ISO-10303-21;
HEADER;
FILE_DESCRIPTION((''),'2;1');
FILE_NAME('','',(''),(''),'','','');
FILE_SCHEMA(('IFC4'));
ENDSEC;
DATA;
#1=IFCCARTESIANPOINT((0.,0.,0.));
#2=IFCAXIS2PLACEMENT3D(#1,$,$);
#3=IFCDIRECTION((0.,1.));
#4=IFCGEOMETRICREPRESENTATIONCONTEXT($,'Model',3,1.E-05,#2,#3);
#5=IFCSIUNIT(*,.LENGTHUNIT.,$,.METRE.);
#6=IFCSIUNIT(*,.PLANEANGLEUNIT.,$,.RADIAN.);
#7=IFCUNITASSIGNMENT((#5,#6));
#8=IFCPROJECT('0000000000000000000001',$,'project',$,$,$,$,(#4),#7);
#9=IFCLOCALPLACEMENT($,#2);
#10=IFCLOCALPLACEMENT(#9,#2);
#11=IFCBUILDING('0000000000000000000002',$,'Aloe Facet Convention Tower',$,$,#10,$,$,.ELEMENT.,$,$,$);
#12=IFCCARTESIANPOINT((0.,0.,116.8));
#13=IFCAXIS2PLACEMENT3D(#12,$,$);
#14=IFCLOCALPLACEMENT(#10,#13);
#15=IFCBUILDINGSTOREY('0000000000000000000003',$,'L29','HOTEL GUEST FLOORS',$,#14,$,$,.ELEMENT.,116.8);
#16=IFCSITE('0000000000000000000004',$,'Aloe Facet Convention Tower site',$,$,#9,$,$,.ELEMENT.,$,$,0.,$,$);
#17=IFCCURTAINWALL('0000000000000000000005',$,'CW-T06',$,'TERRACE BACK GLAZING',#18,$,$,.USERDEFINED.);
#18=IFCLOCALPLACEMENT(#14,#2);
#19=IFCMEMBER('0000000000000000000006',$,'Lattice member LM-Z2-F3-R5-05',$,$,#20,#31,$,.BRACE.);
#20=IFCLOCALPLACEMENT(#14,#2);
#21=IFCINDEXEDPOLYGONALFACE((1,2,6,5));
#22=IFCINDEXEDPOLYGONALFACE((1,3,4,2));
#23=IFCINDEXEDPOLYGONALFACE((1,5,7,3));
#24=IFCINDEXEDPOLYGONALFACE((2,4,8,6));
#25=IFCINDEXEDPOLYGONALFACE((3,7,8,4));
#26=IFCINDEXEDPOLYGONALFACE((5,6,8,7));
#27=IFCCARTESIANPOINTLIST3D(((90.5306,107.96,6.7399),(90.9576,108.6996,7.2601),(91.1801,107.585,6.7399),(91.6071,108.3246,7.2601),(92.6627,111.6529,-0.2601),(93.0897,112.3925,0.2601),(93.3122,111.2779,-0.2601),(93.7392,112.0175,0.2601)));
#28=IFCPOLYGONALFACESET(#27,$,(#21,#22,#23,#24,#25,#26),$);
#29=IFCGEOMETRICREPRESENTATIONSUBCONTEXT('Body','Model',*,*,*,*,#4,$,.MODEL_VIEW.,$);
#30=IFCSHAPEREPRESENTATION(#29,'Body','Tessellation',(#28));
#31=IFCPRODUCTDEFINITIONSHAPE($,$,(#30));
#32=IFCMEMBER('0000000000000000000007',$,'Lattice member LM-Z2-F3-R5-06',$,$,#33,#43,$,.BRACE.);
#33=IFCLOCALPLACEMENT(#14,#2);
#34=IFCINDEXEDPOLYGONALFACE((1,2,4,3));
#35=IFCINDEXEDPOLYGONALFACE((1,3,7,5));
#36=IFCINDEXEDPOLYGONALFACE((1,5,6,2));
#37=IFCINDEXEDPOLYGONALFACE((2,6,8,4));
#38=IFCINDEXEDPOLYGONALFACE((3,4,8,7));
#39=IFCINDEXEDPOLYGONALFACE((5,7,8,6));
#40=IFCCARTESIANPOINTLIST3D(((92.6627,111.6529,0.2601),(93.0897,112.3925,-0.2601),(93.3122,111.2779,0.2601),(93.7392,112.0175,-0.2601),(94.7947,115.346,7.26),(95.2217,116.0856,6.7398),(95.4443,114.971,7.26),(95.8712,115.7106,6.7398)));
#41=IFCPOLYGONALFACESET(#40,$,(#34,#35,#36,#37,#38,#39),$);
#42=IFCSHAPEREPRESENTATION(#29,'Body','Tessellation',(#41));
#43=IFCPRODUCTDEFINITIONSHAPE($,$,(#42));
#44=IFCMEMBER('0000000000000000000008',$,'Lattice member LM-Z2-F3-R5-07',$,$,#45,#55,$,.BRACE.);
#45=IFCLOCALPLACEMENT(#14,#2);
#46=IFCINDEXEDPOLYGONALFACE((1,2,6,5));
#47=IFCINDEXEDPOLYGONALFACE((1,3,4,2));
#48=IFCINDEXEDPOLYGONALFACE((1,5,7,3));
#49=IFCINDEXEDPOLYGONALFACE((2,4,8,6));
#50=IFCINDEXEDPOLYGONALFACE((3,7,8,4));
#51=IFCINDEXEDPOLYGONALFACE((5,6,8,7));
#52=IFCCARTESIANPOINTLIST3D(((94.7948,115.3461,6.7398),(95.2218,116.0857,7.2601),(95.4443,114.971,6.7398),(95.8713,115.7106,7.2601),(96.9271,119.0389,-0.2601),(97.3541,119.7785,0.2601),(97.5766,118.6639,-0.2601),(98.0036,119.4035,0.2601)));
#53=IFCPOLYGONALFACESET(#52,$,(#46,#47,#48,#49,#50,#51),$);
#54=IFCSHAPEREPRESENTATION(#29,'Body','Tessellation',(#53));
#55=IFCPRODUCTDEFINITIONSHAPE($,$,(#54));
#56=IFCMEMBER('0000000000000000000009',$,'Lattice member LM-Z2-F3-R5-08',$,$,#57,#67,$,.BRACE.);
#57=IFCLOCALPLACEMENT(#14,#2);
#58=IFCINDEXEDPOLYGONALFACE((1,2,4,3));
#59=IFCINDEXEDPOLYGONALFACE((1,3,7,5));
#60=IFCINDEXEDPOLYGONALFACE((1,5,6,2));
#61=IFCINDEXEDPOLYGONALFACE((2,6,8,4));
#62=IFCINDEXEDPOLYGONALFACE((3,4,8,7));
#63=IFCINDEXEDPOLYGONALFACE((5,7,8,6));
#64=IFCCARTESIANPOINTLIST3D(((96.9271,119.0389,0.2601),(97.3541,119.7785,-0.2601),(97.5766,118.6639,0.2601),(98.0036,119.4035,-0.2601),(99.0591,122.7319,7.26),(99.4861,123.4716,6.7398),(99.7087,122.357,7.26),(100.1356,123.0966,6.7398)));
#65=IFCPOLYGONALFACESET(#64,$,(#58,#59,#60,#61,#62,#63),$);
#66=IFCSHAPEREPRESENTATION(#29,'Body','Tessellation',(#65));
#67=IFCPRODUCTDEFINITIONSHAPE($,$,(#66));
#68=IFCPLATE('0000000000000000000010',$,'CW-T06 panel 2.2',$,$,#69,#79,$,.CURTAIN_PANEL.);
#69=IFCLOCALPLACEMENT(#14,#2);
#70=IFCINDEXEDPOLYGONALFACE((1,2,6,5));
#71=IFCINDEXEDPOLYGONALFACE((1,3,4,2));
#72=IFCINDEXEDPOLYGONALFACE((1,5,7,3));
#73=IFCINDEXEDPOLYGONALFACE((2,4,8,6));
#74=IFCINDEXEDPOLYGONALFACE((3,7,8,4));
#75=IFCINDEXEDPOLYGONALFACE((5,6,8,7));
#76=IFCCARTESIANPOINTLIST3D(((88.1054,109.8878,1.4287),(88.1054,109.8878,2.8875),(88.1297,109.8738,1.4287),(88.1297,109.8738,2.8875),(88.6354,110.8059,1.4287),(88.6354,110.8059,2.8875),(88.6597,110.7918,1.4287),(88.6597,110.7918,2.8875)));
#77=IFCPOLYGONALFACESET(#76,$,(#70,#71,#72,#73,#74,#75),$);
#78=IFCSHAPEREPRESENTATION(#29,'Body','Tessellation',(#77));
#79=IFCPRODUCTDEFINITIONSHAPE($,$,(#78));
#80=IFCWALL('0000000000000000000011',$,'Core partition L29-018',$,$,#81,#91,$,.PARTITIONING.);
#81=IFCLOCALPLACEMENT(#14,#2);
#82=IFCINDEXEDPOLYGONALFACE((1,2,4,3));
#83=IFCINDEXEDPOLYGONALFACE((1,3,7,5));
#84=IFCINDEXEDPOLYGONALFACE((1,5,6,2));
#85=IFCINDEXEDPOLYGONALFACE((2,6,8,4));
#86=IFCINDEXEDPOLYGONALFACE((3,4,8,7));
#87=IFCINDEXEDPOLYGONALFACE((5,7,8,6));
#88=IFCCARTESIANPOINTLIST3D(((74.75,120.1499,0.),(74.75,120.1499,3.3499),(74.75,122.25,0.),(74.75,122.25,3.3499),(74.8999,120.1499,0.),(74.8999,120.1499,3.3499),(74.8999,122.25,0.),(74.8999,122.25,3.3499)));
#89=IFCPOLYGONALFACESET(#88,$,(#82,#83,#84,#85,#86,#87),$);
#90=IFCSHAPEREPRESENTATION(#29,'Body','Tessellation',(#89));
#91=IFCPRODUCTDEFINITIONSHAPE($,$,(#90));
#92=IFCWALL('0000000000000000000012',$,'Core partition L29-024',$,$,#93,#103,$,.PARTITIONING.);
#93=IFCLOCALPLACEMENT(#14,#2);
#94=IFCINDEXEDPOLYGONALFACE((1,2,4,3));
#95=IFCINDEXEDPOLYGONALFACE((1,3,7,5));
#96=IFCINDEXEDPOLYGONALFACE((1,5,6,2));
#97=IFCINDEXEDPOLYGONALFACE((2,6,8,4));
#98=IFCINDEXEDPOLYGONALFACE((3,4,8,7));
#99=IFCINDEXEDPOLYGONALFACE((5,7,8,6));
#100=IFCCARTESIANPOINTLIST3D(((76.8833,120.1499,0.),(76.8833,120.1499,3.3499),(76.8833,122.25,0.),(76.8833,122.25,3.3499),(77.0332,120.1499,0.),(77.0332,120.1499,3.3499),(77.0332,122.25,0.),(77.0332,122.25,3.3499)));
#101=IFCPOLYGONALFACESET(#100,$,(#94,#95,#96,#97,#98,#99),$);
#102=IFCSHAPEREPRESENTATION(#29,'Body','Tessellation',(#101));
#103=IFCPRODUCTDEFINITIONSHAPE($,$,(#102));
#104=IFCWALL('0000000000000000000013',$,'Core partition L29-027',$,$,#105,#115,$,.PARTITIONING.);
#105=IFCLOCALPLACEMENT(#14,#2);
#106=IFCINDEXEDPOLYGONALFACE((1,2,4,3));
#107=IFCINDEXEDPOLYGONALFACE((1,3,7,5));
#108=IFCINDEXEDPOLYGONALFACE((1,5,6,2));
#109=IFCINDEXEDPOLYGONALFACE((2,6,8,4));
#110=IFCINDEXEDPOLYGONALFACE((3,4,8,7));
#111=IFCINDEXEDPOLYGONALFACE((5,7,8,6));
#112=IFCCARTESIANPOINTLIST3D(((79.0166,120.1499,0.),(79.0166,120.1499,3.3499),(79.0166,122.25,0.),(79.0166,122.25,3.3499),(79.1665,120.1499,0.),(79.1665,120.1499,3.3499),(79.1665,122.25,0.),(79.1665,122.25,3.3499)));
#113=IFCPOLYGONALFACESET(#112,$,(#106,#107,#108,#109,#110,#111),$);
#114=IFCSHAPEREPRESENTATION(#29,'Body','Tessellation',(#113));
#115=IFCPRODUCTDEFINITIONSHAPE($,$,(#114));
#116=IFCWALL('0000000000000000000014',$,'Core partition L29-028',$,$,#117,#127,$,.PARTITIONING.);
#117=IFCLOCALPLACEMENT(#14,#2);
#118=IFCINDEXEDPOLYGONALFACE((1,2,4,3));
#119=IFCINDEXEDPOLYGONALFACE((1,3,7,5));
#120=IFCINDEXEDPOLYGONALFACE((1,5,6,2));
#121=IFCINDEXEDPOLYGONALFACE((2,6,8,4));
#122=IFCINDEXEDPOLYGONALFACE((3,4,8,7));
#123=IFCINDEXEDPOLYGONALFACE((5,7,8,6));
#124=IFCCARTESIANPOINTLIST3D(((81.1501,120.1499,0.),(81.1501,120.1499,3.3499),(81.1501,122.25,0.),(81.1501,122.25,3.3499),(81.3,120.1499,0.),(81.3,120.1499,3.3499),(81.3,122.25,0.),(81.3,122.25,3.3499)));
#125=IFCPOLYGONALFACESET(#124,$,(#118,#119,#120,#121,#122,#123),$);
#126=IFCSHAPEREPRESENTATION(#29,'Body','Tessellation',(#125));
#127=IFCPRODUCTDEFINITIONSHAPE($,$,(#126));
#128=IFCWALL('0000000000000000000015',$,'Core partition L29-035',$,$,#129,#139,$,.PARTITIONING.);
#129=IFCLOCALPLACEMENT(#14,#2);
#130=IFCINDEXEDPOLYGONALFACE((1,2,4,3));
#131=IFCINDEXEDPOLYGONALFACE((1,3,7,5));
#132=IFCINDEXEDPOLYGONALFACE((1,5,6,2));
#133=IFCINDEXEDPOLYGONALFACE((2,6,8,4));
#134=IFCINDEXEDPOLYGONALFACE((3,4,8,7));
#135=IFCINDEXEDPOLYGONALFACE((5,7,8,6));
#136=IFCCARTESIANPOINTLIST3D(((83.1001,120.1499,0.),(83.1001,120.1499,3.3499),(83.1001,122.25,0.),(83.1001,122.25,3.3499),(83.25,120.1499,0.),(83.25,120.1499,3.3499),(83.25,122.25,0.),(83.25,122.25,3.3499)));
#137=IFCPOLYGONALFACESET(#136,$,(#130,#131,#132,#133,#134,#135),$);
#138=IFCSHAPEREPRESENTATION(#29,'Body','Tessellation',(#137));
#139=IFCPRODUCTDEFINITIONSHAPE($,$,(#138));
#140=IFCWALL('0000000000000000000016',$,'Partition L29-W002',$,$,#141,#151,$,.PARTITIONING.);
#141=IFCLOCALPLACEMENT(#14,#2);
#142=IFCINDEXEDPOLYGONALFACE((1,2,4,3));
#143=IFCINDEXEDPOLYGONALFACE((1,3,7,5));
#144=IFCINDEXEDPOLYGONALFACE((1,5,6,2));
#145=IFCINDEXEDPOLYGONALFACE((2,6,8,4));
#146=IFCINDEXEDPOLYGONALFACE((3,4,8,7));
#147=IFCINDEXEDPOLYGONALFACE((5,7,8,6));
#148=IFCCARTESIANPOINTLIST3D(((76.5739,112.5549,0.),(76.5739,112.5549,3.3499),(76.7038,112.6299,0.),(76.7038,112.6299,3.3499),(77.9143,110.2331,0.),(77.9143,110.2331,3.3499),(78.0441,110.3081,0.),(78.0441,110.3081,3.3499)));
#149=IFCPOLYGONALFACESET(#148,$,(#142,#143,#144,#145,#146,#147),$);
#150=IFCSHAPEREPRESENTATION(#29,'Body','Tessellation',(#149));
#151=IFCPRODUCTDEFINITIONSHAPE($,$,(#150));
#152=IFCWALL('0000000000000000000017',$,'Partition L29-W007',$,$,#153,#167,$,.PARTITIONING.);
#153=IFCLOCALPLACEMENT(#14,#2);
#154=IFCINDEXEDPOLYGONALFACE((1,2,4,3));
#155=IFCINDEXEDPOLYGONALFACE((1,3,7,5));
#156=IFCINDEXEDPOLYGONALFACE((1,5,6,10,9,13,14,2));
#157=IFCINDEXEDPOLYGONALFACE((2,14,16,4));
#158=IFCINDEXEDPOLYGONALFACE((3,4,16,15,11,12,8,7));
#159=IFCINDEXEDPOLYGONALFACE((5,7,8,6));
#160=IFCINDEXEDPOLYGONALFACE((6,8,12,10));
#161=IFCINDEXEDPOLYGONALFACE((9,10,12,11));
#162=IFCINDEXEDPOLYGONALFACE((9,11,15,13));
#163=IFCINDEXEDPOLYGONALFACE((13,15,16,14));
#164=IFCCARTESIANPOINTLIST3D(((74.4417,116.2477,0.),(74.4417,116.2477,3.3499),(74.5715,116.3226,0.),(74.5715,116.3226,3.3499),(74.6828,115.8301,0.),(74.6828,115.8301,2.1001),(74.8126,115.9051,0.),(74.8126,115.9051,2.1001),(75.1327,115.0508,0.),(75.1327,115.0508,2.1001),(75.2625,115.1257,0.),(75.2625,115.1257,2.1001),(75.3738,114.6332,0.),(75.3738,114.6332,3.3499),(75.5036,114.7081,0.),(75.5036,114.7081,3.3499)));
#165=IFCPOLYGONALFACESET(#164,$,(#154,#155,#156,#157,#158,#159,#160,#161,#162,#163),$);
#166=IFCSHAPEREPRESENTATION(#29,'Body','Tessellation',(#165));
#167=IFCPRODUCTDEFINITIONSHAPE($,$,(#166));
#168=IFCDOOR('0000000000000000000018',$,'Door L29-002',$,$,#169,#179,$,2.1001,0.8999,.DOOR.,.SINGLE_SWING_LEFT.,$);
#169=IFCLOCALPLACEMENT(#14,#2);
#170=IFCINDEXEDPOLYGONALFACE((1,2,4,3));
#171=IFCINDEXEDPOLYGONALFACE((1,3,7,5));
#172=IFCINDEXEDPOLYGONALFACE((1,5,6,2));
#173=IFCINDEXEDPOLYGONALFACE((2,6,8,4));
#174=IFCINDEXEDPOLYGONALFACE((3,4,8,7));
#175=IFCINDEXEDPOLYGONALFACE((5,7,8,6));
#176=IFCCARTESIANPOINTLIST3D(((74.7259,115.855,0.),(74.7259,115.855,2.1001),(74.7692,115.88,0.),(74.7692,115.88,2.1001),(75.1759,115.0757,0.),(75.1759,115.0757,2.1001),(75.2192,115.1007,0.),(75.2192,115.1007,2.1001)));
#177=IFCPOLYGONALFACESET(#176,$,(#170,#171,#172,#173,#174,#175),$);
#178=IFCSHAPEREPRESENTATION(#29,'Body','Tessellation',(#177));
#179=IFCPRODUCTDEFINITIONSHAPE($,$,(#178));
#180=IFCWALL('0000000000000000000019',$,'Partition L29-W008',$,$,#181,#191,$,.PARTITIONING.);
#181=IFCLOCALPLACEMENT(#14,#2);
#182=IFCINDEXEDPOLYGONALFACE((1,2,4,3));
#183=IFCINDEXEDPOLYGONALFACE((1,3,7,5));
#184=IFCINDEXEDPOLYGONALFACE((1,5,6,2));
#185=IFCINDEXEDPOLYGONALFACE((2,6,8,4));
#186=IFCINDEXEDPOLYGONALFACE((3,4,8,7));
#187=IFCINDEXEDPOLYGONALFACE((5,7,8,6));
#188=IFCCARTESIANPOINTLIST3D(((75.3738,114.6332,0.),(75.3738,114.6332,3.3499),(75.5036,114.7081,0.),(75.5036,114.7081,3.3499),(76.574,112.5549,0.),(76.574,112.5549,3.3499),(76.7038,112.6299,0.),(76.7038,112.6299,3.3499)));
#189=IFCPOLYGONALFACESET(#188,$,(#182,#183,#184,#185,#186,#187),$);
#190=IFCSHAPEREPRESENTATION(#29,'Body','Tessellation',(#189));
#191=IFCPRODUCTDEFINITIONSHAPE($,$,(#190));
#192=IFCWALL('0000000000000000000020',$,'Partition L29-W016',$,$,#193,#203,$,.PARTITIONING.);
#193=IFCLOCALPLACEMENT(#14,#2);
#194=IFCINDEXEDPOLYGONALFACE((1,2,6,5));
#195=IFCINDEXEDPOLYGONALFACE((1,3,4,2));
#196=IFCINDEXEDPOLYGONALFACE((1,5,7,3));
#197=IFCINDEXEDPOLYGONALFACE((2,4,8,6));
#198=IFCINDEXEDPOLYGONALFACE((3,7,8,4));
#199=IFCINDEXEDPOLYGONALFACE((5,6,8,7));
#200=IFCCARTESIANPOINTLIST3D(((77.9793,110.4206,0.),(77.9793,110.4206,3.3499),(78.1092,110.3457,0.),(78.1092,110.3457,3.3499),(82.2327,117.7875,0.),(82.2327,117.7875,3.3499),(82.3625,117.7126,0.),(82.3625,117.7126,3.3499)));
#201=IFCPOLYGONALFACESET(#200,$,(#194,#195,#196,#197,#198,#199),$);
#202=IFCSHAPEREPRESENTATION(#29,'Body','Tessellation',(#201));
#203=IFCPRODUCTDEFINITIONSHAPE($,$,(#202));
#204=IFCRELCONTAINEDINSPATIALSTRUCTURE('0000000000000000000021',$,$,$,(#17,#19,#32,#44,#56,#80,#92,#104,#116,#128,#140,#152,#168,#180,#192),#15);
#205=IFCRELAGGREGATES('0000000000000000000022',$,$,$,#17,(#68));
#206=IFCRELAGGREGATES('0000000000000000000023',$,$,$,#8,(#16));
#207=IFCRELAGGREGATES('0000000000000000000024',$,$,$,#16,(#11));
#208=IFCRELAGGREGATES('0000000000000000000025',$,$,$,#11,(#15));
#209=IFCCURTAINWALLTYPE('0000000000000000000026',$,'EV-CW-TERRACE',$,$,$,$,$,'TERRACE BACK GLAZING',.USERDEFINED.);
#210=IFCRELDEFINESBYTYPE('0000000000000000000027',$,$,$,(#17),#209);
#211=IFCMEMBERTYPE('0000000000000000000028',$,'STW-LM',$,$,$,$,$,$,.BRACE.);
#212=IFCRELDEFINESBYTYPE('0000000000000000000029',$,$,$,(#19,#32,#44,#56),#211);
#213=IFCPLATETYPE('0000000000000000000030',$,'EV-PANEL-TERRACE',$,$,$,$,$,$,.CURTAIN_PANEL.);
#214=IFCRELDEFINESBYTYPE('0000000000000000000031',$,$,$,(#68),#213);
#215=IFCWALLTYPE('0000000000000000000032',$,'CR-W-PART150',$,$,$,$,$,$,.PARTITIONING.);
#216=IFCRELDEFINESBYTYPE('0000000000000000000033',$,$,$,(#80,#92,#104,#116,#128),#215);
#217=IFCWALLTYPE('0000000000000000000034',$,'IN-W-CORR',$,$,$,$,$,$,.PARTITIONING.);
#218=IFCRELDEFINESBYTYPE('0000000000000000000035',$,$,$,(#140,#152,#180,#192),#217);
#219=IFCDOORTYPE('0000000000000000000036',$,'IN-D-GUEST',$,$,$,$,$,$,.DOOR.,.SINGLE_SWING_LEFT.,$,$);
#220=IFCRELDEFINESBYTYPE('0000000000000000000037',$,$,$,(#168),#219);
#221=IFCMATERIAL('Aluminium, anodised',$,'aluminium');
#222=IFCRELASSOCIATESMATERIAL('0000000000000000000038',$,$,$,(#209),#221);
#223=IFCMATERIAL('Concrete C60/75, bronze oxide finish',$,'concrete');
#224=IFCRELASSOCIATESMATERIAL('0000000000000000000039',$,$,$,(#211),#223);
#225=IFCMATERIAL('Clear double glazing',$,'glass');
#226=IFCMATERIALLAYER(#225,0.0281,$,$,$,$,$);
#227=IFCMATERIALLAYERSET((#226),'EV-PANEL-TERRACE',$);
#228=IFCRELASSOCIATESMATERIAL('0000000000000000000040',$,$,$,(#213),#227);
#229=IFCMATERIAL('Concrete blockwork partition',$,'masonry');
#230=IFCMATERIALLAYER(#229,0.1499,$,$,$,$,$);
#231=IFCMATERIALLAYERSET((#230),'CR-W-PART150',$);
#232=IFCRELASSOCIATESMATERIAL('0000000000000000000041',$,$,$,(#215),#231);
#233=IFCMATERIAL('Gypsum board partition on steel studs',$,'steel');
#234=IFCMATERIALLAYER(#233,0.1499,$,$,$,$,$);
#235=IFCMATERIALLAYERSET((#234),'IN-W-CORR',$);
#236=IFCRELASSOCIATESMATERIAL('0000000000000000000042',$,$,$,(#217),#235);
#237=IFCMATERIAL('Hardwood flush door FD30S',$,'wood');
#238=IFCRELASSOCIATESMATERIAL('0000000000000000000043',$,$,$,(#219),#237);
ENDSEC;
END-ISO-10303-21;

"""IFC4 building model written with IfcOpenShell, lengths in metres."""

from ifc_helpers import new_model, si_unit, direction, frame, frame_2d, origin, origin_2d, place, context, subcontext, project, spatial, rectangle, extrude, material, layer, layer_set, material_profile, profile_set, type_object, element, fill, aggregate, save


model = new_model("IFC4")

# Units and contexts
model_context = context("Model", 3, precision=1e-05, world=origin(), true_north=direction((0.0, 1.0)))
body_context = subcontext(model_context, "Body", "Model", "MODEL_VIEW")
ifc_project = project(units=[si_unit("LENGTHUNIT", "METRE"), si_unit("PLANEANGLEUNIT", "RADIAN")], contexts=[model_context])

# Site, building, storey
site_placement = place(None, origin())
site = spatial("IfcSite", under=ifc_project, at=site_placement, Name="Aloe Facet Convention Tower site", CompositionType="ELEMENT", RefElevation=0.0)
building_placement = place(site_placement, origin())
building = spatial("IfcBuilding", under=site, at=building_placement, Name="Aloe Facet Convention Tower", CompositionType="ELEMENT")
storey_placement = place(building_placement, frame((0.0, 0.0, 116.8)))
storey = spatial("IfcBuildingStorey", under=building, at=storey_placement, Name="L29", Description="HOTEL GUEST FLOORS", CompositionType="ELEMENT", Elevation=116.8)

# Curtain wall
ifc_material_1 = material(Name="Aluminium, anodised", Category="aluminium")
curtain_wall_type = type_object("IfcCurtainWallType", Name="EV-CW-TERRACE", ElementType="TERRACE BACK GLAZING", PredefinedType="USERDEFINED", material=ifc_material_1)
curtain_wall_placement = place(storey_placement, origin())
curtain_wall = element("IfcCurtainWall", 1, at=curtain_wall_placement, inside=storey, type_object=curtain_wall_type, Name="CW-T06", ObjectType="TERRACE BACK GLAZING", PredefinedType="USERDEFINED")

# Members
ifc_material_2 = material(Name="Concrete C60/75, bronze oxide finish", Category="concrete")
ifc_material_profile_1 = material_profile(ifc_material_2, rectangle(XDim=0.75, YDim=1.0, at=origin_2d()), Name="STW-LM")
ifc_profile_set_1 = profile_set([ifc_material_profile_1], Name="Concrete C60/75, bronze oxide finish")
member_type_1 = type_object("IfcMemberType", Name="STW-LM", PredefinedType="BRACE", material=ifc_profile_set_1)
for number, where, z_axis, x_axis, name in (
    (2, (93.2009, 111.8352, 0.0), (-0.26012, -0.450541, 0.85402), (0.866025, -0.5, 0.0), "Lattice member LM-Z2-F3-R5-05"),
    (3, (93.2009, 111.8352, 0.0), (0.260116, 0.450565, 0.854009), (-0.86604, 0.499975, 0.0), "Lattice member LM-Z2-F3-R5-06"),
    (4, (97.4653, 119.2212, 0.0), (-0.260148, -0.450537, 0.854014), (0.866001, -0.500043, 0.0), "Lattice member LM-Z2-F3-R5-07"),
    (5, (97.4653, 119.2212, 0.0), (0.260116, 0.450565, 0.854009), (-0.86604, 0.499975, 0.0), "Lattice member LM-Z2-F3-R5-08"),
):
    element("IfcMember", number, at=place(storey_placement, frame(where, z_axis=z_axis, x_axis=x_axis)), inside=storey, type_object=member_type_1, Name=name, PredefinedType="BRACE", context=body_context, shape_type="SweptSolid", body=[
        extrude(rectangle(XDim=0.75, YDim=1.0, at=origin_2d()), origin(), (0.0, 0.0, 1.0), 8.1965),
    ])

# Plate
ifc_material_3 = material(Name="Clear double glazing", Category="glass")
ifc_layer_1 = layer(ifc_material_3, 0.0281)
ifc_layer_set_1 = layer_set([ifc_layer_1], Name="EV-PANEL-TERRACE")
plate_type = type_object("IfcPlateType", Name="EV-PANEL-TERRACE", PredefinedType="CURTAIN_PANEL", material=ifc_layer_set_1)
plate_placement = place(storey_placement, frame((88.3826, 110.3398, 1.4287), z_axis=(0.0, 0.0, 1.0), x_axis=(0.5, 0.866025, 0.0)))
plate = element("IfcPlate", 6, at=plate_placement, type_object=plate_type, Name="CW-T06 panel 2.2", PredefinedType="CURTAIN_PANEL", context=body_context, shape_type="SweptSolid", body=[
    extrude(rectangle(XDim=1.0601, YDim=0.0281, at=origin_2d()), origin(), (0.0, 0.0, 1.0), 1.4587),
])
aggregate(curtain_wall, [plate])

# Walls
ifc_material_4 = material(Name="Concrete blockwork partition", Category="masonry")
ifc_layer_2 = layer(ifc_material_4, 0.1499)
ifc_layer_set_2 = layer_set([ifc_layer_2], Name="CR-W-PART150")
wall_type_1 = type_object("IfcWallType", Name="CR-W-PART150", PredefinedType="PARTITIONING", material=ifc_layer_set_2)
for number, where, z_axis, x_axis, name in (
    (7, (74.825, 122.25, 0.0), (0.0, 0.0, 1.0), (0.0, -1.0, 0.0), "Core partition L29-018"),
    (8, (76.9583, 122.25, 0.0), (0.0, 0.0, 1.0), (0.0, -1.0, 0.0), "Core partition L29-024"),
    (9, (79.0916, 122.25, 0.0), (0.0, 0.0, 1.0), (0.0, -1.0, 0.0), "Core partition L29-027"),
    (10, (81.2251, 122.25, 0.0), (0.0, 0.0, 1.0), (0.0, -1.0, 0.0), "Core partition L29-028"),
    (11, (83.175, 122.25, 0.0), (0.0, 0.0, 1.0), (0.0, -1.0, 0.0), "Core partition L29-035"),
):
    element("IfcWall", number, at=place(storey_placement, frame(where, z_axis=z_axis, x_axis=x_axis)), inside=storey, type_object=wall_type_1, Name=name, PredefinedType="PARTITIONING", context=body_context, shape_type="SweptSolid", body=[
        extrude(rectangle(XDim=2.1001, YDim=0.1499, at=frame_2d((1.05, 0.0))), origin(), (0.0, 0.0, 1.0), 3.3499),
    ])
ifc_material_5 = material(Name="Gypsum board partition on steel studs", Category="steel")
ifc_layer_3 = layer(ifc_material_5, 0.1499)
ifc_layer_set_3 = layer_set([ifc_layer_3], Name="IN-W-CORR")
wall_type_2 = type_object("IfcWallType", Name="IN-W-CORR", PredefinedType="PARTITIONING", material=ifc_layer_set_3)
wall_1_placement = place(storey_placement, frame((76.6389, 112.5923, 0.0), z_axis=(0.0, 0.0, 1.0), x_axis=(0.499959, -0.866049, 0.0)))
element("IfcWall", 12, at=wall_1_placement, inside=storey, type_object=wall_type_2, Name="Partition L29-W002", PredefinedType="PARTITIONING", context=body_context, shape_type="SweptSolid", body=[
    extrude(rectangle(XDim=2.6809, YDim=0.1499, at=frame_2d((1.3403, 0.0))), origin(), (0.0, 0.0, 1.0), 3.3499),
])

# Wall, opening, door
wall_2_placement = place(storey_placement, frame((74.5066, 116.2852, 0.0), z_axis=(0.0, 0.0, 1.0), x_axis=(0.499998, -0.866026, 0.0)))
wall_2 = element("IfcWall", 13, at=wall_2_placement, inside=storey, type_object=wall_type_2, Name="Partition L29-W007", PredefinedType="PARTITIONING", context=body_context, shape_type="SweptSolid", body=[
    extrude(rectangle(XDim=1.8643, YDim=0.1499, at=frame_2d((0.9321, 0.0))), origin(), (0.0, 0.0, 1.0), 3.3499),
])
opening_1_placement = place(wall_2_placement, frame((0.4822, 0.0, 0.0)))
opening_1 = element("IfcOpeningElement", 14, at=opening_1_placement, cuts=wall_2, PredefinedType="OPENING", context=body_context, shape_type="SweptSolid", body=[
    extrude(rectangle(XDim=0.8999, YDim=2.1001, at=frame_2d((0.45, 1.05))), frame((0.0, 0.085, 0.0), z_axis=(0.0, -1.0, 0.0), x_axis=(1.0, 0.0, 0.0)), (0.0, 0.0, 1.0), 0.1699),
])
ifc_material_6 = material(Name="Hardwood flush door FD30S", Category="wood")
door_type_1 = type_object("IfcDoorType", Name="IN-D-GUEST", OperationType="SINGLE_SWING_LEFT", PredefinedType="DOOR", material=ifc_material_6)
door_1_placement = place(opening_1_placement, origin())
door_1 = element("IfcDoor", 15, at=door_1_placement, inside=storey, type_object=door_type_1, Name="Door L29-002", OperationType="SINGLE_SWING_LEFT", OverallHeight=2.1001, OverallWidth=0.8999, PredefinedType="DOOR", context=body_context, shape_type="SweptSolid", body=[
    extrude(rectangle(XDim=0.8999, YDim=2.1001, at=frame_2d((0.45, 1.05))), frame((0.0, 0.0249, 0.0), z_axis=(0.0, -1.0, 0.0), x_axis=(1.0, 0.0, 0.0)), (0.0, 0.0, 1.0), 0.05),
])
fill(opening_1, door_1)

# Walls
wall_3_placement = place(storey_placement, frame((75.4387, 114.6707, 0.0), z_axis=(0.0, 0.0, 1.0), x_axis=(0.500078, -0.865981, 0.0)))
element("IfcWall", 16, at=wall_3_placement, inside=storey, type_object=wall_type_2, Name="Partition L29-W008", PredefinedType="PARTITIONING", context=body_context, shape_type="SweptSolid", body=[
    extrude(rectangle(XDim=2.3999, YDim=0.1499, at=frame_2d((1.2, 0.0))), origin(), (0.0, 0.0, 1.0), 3.3499),
])
wall_4_placement = place(storey_placement, frame((78.0442, 110.3831, 0.0), z_axis=(0.0, 0.0, 1.0), x_axis=(0.50001, 0.86602, 0.0)))
element("IfcWall", 17, at=wall_4_placement, inside=storey, type_object=wall_type_2, Name="Partition L29-W016", PredefinedType="PARTITIONING", context=body_context, shape_type="SweptSolid", body=[
    extrude(rectangle(XDim=8.5066, YDim=0.1499, at=frame_2d((4.2534, 0.0))), origin(), (0.0, 0.0, 1.0), 3.3499),
])

save(model, "model.ifc")
